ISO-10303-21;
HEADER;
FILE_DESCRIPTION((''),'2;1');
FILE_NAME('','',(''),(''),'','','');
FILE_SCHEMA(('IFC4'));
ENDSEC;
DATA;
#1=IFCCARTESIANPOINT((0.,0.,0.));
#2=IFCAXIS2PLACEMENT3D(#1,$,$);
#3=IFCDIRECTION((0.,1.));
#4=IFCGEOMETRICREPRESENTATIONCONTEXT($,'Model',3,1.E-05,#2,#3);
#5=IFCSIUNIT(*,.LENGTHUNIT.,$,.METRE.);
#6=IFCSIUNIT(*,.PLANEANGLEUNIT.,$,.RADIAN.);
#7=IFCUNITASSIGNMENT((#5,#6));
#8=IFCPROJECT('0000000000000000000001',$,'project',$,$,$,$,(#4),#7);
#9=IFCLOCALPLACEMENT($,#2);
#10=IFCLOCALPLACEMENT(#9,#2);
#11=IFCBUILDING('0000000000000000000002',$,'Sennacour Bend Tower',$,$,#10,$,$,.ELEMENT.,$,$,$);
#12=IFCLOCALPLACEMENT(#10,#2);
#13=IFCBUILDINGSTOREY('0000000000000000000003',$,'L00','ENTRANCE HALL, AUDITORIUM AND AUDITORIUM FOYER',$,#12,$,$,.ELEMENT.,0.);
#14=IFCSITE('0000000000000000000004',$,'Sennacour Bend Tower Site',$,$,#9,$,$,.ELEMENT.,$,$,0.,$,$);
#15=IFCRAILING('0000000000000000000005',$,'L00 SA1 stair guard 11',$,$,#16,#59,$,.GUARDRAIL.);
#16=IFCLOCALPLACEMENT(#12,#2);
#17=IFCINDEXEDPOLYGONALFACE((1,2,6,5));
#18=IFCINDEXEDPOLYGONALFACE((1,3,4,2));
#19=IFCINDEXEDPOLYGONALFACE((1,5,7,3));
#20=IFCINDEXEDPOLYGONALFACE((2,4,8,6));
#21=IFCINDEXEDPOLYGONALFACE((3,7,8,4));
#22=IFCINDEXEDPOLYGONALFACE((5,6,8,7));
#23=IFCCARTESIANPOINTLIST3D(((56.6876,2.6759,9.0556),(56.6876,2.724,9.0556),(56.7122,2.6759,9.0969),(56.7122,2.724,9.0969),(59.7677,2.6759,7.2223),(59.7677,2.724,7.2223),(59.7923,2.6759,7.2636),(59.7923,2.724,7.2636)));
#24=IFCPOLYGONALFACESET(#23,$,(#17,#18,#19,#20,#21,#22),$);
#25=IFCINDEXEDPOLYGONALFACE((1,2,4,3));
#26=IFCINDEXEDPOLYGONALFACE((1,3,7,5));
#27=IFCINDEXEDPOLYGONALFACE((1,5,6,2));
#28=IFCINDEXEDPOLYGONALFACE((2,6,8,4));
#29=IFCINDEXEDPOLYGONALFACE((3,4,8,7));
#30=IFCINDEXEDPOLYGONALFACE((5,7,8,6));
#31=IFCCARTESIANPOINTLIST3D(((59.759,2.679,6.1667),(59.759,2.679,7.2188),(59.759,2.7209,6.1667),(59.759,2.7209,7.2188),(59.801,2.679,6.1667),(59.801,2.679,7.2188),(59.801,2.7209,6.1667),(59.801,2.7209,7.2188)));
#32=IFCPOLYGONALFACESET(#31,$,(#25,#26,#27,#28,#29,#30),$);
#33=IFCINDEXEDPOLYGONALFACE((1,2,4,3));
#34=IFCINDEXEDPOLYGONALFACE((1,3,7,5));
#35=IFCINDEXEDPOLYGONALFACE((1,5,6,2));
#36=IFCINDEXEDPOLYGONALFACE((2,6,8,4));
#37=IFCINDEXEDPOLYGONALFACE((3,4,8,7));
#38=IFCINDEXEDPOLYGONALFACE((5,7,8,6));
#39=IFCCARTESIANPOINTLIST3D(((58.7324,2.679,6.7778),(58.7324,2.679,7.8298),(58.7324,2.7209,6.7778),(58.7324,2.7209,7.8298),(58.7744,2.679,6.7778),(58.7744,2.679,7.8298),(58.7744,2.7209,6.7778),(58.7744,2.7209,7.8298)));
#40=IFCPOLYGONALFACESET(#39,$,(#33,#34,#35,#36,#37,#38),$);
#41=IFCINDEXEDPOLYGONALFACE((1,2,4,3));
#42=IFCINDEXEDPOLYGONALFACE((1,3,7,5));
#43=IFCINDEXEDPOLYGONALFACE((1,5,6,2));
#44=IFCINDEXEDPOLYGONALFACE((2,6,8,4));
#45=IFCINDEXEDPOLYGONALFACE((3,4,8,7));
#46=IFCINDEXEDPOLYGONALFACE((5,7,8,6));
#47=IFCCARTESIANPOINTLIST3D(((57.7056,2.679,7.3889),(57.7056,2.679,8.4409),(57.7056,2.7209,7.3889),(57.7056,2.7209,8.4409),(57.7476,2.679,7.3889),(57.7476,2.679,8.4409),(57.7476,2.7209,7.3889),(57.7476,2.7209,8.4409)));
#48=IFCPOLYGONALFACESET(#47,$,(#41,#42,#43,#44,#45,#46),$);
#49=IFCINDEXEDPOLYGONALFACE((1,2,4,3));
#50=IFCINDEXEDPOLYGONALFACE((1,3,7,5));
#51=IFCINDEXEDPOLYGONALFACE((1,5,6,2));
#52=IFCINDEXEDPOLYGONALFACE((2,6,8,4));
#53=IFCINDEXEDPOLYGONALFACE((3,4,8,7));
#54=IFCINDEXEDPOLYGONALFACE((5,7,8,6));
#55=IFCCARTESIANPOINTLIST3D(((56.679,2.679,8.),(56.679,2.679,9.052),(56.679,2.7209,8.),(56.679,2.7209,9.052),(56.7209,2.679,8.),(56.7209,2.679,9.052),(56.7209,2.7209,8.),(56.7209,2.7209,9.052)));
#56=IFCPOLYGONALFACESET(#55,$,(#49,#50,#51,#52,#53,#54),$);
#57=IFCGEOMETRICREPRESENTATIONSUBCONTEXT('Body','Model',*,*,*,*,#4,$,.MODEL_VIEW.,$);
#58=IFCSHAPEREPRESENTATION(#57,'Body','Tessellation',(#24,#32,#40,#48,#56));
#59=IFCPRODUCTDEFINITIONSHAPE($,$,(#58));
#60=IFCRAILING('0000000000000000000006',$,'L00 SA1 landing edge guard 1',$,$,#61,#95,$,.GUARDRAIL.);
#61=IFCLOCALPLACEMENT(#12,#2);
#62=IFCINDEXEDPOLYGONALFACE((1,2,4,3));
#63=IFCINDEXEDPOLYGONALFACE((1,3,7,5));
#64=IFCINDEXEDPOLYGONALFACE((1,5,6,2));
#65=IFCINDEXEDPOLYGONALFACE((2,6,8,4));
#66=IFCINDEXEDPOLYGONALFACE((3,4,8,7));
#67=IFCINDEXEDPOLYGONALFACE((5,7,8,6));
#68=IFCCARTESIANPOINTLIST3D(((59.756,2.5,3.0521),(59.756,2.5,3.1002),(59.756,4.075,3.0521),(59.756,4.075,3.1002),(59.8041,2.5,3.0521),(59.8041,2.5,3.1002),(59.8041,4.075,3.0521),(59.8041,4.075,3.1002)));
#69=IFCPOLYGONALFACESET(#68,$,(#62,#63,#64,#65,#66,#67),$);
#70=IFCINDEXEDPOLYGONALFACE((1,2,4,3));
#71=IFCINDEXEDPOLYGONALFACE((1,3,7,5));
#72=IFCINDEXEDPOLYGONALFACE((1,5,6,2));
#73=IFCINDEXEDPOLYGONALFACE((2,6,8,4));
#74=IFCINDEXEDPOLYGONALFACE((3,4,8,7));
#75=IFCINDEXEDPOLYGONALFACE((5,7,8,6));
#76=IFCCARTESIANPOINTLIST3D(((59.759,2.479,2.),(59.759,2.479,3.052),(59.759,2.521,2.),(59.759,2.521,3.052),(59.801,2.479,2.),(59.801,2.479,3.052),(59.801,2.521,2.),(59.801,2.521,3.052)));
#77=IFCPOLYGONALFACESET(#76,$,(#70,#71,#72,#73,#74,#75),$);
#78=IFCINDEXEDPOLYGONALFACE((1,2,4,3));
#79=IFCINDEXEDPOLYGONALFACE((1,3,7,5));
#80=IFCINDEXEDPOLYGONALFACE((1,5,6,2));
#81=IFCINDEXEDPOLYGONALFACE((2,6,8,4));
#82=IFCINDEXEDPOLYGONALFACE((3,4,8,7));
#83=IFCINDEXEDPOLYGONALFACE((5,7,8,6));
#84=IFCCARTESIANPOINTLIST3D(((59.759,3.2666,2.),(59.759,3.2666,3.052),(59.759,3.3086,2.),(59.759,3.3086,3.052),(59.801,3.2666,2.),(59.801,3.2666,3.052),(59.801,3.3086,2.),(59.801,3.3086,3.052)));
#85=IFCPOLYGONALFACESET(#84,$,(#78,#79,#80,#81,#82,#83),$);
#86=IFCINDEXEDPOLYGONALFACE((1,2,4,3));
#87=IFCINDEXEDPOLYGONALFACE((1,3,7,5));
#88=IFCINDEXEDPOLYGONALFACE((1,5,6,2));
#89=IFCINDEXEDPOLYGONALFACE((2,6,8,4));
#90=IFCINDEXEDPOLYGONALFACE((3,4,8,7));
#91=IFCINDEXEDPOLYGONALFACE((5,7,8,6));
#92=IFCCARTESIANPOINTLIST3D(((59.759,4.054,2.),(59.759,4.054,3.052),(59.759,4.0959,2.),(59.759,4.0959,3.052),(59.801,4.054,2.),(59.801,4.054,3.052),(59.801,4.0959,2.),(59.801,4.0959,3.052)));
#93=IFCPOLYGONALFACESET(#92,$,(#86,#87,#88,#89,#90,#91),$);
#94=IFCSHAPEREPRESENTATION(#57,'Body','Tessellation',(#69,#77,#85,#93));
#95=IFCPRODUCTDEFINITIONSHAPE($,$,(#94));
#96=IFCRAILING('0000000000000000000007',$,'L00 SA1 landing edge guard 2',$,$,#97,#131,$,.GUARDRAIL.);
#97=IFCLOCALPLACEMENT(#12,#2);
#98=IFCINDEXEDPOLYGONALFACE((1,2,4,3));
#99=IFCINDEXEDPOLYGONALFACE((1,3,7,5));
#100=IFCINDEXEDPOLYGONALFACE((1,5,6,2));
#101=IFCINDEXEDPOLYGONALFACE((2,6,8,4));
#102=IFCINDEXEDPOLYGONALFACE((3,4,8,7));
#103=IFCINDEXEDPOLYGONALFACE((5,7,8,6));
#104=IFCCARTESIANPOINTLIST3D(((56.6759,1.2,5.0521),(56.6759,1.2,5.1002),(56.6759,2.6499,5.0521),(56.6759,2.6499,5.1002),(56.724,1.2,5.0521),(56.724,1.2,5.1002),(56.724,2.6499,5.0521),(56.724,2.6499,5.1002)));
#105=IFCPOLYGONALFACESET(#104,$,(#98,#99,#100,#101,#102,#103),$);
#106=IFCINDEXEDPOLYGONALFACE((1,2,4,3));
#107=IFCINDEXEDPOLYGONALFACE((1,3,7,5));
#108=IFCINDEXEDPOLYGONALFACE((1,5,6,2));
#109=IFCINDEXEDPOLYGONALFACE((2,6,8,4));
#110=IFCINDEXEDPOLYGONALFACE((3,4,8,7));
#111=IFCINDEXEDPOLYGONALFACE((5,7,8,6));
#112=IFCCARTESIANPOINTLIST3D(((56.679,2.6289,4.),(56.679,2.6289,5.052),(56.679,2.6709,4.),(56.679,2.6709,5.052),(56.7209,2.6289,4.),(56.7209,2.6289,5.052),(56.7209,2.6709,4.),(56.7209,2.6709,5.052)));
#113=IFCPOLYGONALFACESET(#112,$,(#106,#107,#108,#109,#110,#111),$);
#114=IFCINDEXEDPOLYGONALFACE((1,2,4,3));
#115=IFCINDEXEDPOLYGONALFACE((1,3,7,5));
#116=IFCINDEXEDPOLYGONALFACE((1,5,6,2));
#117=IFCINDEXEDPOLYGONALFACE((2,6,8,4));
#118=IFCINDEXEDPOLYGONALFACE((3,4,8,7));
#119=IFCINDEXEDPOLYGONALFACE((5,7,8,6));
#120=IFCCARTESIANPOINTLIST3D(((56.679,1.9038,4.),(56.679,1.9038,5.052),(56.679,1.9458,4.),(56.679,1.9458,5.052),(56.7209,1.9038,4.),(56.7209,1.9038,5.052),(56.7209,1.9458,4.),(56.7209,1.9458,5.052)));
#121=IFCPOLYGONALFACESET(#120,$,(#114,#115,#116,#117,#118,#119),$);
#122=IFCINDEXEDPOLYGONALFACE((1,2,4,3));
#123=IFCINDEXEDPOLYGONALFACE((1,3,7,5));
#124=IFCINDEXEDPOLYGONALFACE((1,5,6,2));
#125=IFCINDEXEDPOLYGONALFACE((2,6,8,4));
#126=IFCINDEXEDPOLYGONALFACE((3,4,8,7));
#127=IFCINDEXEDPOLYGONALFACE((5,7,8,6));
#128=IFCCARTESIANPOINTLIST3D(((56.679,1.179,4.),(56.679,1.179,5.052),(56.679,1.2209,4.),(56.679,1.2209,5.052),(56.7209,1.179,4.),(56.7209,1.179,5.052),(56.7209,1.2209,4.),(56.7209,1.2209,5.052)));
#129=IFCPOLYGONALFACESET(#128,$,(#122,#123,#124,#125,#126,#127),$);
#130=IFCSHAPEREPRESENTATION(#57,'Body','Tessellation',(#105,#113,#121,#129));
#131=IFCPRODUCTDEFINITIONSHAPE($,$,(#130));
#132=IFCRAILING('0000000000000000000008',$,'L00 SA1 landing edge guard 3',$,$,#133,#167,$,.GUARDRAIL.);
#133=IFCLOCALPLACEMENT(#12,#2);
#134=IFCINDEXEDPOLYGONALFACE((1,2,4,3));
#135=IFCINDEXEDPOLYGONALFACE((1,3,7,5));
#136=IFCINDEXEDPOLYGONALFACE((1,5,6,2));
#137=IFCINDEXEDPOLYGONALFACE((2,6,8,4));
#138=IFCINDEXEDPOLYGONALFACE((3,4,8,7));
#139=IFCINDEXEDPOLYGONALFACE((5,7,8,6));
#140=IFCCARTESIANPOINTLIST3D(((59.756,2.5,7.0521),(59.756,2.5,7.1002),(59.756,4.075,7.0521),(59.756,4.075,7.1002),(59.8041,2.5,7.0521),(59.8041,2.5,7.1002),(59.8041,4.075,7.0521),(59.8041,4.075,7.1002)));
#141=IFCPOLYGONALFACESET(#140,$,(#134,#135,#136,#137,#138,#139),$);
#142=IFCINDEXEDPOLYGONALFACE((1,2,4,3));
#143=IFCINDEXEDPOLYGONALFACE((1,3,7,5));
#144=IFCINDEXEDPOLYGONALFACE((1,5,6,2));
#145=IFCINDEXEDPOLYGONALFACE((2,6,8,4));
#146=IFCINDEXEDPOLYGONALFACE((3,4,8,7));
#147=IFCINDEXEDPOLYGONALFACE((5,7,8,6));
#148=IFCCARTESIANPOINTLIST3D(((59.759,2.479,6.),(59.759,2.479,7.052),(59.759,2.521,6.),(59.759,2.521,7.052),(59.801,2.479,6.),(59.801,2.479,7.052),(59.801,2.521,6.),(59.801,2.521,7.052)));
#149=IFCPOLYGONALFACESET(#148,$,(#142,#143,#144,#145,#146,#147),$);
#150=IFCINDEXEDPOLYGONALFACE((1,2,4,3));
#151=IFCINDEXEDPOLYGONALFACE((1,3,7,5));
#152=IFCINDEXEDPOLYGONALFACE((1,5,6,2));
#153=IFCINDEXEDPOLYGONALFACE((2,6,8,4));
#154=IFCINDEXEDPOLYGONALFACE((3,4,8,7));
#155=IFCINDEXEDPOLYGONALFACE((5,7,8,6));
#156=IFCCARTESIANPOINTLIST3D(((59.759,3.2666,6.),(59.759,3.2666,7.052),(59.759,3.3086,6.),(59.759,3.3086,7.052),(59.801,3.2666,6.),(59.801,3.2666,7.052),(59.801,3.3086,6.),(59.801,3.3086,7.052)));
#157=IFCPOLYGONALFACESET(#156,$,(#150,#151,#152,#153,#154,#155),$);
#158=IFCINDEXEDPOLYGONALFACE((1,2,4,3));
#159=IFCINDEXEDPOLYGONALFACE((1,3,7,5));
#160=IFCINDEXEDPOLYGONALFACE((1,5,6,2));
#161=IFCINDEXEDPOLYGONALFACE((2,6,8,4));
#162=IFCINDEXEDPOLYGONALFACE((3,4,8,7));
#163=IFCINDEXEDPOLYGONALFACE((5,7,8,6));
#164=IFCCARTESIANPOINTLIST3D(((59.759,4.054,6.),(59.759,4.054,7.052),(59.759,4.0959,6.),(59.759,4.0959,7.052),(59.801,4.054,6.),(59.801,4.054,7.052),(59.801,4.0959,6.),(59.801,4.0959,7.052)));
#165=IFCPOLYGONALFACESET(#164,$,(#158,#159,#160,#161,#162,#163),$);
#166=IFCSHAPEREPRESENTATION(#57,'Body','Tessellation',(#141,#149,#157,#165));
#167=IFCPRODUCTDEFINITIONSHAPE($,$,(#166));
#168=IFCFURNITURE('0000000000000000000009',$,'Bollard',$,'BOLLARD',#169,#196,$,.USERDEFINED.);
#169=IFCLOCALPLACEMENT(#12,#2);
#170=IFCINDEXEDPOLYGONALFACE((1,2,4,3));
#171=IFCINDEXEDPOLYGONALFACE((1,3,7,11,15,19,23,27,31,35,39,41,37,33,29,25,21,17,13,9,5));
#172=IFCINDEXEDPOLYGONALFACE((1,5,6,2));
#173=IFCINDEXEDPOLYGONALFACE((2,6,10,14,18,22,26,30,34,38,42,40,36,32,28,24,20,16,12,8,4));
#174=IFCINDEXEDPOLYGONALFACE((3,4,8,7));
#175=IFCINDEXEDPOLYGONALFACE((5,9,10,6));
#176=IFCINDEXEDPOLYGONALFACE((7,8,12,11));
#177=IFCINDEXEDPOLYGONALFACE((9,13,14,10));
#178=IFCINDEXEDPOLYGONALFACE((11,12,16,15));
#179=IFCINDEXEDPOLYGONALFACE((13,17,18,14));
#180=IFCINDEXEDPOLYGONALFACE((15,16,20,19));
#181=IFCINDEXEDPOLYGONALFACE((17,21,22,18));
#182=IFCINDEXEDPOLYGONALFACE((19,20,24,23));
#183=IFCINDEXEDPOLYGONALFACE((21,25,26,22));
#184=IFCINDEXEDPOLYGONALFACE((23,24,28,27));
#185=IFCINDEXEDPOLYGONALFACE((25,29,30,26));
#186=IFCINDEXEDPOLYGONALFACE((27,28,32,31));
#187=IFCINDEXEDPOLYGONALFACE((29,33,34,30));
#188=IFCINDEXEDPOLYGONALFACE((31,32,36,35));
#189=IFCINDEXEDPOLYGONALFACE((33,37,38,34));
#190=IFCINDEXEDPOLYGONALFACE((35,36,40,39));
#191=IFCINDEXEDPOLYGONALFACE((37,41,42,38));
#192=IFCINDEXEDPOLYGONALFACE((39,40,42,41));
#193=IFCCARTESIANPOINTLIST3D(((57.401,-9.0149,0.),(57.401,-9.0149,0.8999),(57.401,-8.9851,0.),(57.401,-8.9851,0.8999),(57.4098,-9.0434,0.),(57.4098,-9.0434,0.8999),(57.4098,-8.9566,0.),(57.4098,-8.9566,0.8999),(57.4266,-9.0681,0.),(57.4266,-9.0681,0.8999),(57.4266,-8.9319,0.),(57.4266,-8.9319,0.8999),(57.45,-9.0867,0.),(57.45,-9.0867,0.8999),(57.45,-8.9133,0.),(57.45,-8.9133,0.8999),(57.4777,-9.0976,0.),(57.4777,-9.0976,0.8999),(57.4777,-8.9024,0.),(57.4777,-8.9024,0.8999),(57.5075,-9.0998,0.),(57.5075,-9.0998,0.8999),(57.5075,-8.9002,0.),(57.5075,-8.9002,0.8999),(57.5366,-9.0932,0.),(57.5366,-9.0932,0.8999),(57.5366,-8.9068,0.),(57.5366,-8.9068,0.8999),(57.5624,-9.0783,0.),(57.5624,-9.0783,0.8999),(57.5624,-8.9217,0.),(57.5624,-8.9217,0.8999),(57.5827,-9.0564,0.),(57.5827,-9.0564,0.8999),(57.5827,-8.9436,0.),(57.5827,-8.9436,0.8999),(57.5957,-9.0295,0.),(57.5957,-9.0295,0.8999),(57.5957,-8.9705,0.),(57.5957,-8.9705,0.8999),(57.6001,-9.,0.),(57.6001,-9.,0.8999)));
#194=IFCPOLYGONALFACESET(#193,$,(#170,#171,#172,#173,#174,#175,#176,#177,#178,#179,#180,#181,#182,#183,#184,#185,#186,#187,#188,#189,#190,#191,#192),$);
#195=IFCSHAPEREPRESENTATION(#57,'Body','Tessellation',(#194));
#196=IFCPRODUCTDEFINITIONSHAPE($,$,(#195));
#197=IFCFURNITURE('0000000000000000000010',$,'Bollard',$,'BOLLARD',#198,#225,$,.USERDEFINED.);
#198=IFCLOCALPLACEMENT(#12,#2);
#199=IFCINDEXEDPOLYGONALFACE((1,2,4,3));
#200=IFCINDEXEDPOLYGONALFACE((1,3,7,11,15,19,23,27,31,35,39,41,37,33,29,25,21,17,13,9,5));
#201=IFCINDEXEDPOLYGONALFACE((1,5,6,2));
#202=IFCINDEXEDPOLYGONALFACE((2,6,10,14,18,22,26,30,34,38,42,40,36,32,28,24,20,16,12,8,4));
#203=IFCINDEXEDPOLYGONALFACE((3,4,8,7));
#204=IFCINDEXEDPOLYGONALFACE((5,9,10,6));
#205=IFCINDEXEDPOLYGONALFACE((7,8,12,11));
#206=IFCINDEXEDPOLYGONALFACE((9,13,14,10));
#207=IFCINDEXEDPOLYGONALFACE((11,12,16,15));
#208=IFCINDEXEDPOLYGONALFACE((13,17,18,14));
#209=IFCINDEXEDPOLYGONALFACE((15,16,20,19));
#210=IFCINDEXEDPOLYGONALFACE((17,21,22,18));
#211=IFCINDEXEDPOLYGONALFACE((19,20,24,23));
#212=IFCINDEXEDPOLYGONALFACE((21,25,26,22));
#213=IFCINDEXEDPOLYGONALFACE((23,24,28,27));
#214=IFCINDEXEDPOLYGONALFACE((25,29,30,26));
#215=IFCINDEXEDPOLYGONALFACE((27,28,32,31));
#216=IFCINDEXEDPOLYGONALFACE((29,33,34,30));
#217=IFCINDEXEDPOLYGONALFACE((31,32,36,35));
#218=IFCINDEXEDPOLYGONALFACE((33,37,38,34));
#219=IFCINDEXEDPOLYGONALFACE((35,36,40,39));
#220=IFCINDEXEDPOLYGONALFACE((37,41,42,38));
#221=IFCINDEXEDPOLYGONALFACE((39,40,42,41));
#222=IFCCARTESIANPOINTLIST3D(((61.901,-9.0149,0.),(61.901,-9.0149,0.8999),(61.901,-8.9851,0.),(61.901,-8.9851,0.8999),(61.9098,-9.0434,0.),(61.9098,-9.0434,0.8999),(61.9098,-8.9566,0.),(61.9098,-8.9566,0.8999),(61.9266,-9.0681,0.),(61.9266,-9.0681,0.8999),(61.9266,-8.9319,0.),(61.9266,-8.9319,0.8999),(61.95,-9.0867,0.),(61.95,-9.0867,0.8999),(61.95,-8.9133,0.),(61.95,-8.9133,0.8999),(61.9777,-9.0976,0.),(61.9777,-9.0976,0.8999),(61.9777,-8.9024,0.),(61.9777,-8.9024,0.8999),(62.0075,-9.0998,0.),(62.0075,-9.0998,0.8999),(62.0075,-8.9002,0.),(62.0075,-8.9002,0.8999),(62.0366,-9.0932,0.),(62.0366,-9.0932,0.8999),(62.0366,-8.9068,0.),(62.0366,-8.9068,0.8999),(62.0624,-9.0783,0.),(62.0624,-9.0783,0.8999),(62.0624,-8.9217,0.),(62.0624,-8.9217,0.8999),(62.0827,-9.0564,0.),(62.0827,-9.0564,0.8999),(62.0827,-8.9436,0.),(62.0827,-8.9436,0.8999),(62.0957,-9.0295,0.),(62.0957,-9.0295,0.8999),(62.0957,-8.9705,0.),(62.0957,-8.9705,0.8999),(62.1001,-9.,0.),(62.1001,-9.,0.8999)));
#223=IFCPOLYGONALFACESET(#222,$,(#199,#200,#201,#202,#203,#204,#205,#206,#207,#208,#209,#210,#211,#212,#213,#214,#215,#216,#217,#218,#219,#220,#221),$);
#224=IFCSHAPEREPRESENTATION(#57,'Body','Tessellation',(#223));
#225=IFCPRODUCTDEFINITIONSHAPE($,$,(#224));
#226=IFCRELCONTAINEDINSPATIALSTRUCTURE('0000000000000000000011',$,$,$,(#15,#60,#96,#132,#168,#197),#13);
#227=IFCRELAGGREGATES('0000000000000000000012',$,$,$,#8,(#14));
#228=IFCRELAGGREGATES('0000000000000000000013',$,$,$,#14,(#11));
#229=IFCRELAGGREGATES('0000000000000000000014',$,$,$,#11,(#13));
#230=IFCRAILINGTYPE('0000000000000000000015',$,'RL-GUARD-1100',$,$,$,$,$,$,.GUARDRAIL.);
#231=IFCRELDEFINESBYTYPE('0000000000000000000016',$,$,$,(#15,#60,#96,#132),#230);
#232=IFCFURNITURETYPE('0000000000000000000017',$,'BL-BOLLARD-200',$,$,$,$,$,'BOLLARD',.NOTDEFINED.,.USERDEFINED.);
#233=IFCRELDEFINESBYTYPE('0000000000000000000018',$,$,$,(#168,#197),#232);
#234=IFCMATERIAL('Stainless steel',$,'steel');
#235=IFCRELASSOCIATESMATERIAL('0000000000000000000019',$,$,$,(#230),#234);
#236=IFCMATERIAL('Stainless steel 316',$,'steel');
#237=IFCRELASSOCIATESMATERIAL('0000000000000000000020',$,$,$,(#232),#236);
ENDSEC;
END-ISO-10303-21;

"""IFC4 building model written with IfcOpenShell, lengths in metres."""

from ifc_helpers import new_model, si_unit, direction, frame, origin, origin_2d, place, context, subcontext, project, spatial, rectangle, circle, extrude, material, type_object, element, save


model = new_model("IFC4")

# Units and contexts
model_context = context("Model", 3, precision=1e-05, world=origin(), true_north=direction((0.0, 1.0)))
body_context = subcontext(model_context, "Body", "Model", "MODEL_VIEW")
ifc_project = project(units=[si_unit("LENGTHUNIT", "METRE"), si_unit("PLANEANGLEUNIT", "RADIAN")], contexts=[model_context])

# Site, building, storey
site_placement = place(None, origin())
site = spatial("IfcSite", under=ifc_project, at=site_placement, Name="Sennacour Bend Tower Site", CompositionType="ELEMENT", RefElevation=0.0)
building_placement = place(site_placement, origin())
building = spatial("IfcBuilding", under=site, at=building_placement, Name="Sennacour Bend Tower", CompositionType="ELEMENT")
storey_placement = place(building_placement, origin())
storey = spatial("IfcBuildingStorey", under=building, at=storey_placement, Name="L00", Description="ENTRANCE HALL, AUDITORIUM AND AUDITORIUM FOYER", CompositionType="ELEMENT", Elevation=0.0)

# Railings
ifc_material_1 = material(Name="Stainless steel 316", Category="steel")
ifc_material_2 = material(Name="Stainless steel", Category="steel")
railing_type_1 = type_object("IfcRailingType", Name="RL-GUARD-1100", PredefinedType="GUARDRAIL", material=ifc_material_2)
railing_1_placement = place(storey_placement, frame((59.78, 2.7, 6.1667)))
element("IfcRailing", 1, at=railing_1_placement, inside=storey, type_object=railing_type_1, Name="L00 SA1 stair guard 11", PredefinedType="GUARDRAIL", context=body_context, shape_type="SweptSolid", body=[
    extrude(rectangle(XDim=0.0481, YDim=0.0481, at=origin_2d()), frame((0.0, 0.0, 1.0762), z_axis=(-0.859309, 0.0, 0.511458), x_axis=(0.0, -1.0, 0.0)), (0.0, 0.0, 1.0), 3.5845),
    extrude(rectangle(XDim=0.042, YDim=0.042, at=origin_2d()), origin(), (0.0, 0.0, 1.0), 1.052),
    extrude(rectangle(XDim=0.042, YDim=0.042, at=origin_2d()), frame((-1.0266, 0.0, 0.6111)), (0.0, 0.0, 1.0), 1.052),
    extrude(rectangle(XDim=0.042, YDim=0.042, at=origin_2d()), frame((-2.0535, 0.0, 1.2222)), (0.0, 0.0, 1.0), 1.052),
    extrude(rectangle(XDim=0.042, YDim=0.042, at=origin_2d()), frame((-3.0801, 0.0, 1.8333)), (0.0, 0.0, 1.0), 1.052),
])
railing_2_placement = place(storey_placement, frame((59.78, 2.5, 2.0)))
element("IfcRailing", 2, at=railing_2_placement, inside=storey, type_object=railing_type_1, Name="L00 SA1 landing edge guard 1", PredefinedType="GUARDRAIL", context=body_context, shape_type="SweptSolid", body=[
    extrude(rectangle(XDim=0.0481, YDim=0.0481, at=origin_2d()), frame((0.0, 0.0, 1.0762), z_axis=(0.0, 1.0, 0.0), x_axis=(-1.0, 0.0, 0.0)), (0.0, 0.0, 1.0), 1.575),
    extrude(rectangle(XDim=0.042, YDim=0.042, at=origin_2d()), origin(), (0.0, 0.0, 1.0), 1.052),
    extrude(rectangle(XDim=0.042, YDim=0.042, at=origin_2d()), frame((0.0, 0.7876, 0.0)), (0.0, 0.0, 1.0), 1.052),
    extrude(rectangle(XDim=0.042, YDim=0.042, at=origin_2d()), frame((0.0, 1.575, 0.0)), (0.0, 0.0, 1.0), 1.052),
])
railing_3_placement = place(storey_placement, frame((56.7, 2.6499, 4.0)))
element("IfcRailing", 3, at=railing_3_placement, inside=storey, type_object=railing_type_1, Name="L00 SA1 landing edge guard 2", PredefinedType="GUARDRAIL", context=body_context, shape_type="SweptSolid", body=[
    extrude(rectangle(XDim=0.0481, YDim=0.0481, at=origin_2d()), frame((0.0, 0.0, 1.0762), z_axis=(0.0, -1.0, 0.0), x_axis=(1.0, 0.0, 0.0)), (0.0, 0.0, 1.0), 1.45),
    extrude(rectangle(XDim=0.042, YDim=0.042, at=origin_2d()), origin(), (0.0, 0.0, 1.0), 1.052),
    extrude(rectangle(XDim=0.042, YDim=0.042, at=origin_2d()), frame((0.0, -0.7251, 0.0)), (0.0, 0.0, 1.0), 1.052),
    extrude(rectangle(XDim=0.042, YDim=0.042, at=origin_2d()), frame((0.0, -1.45, 0.0)), (0.0, 0.0, 1.0), 1.052),
])
railing_4_placement = place(storey_placement, frame((59.78, 2.5, 6.0)))
element("IfcRailing", 4, at=railing_4_placement, inside=storey, type_object=railing_type_1, Name="L00 SA1 landing edge guard 3", PredefinedType="GUARDRAIL", context=body_context, shape_type="SweptSolid", body=[
    extrude(rectangle(XDim=0.0481, YDim=0.0481, at=origin_2d()), frame((0.0, 0.0, 1.0762), z_axis=(0.0, 1.0, 0.0), x_axis=(-1.0, 0.0, 0.0)), (0.0, 0.0, 1.0), 1.575),
    extrude(rectangle(XDim=0.042, YDim=0.042, at=origin_2d()), origin(), (0.0, 0.0, 1.0), 1.052),
    extrude(rectangle(XDim=0.042, YDim=0.042, at=origin_2d()), frame((0.0, 0.7876, 0.0)), (0.0, 0.0, 1.0), 1.052),
    extrude(rectangle(XDim=0.042, YDim=0.042, at=origin_2d()), frame((0.0, 1.575, 0.0)), (0.0, 0.0, 1.0), 1.052),
])

# Furniture
furniture_type = type_object("IfcFurnitureType", Name="BL-BOLLARD-200", ElementType="BOLLARD", AssemblyPlace="NOTDEFINED", PredefinedType="USERDEFINED", material=ifc_material_1)
for number, where, z_axis, x_axis, name in (
    (5, (57.5, -9.0, 0.8999), (0.0, 0.0, -1.0), (1.0, 0.0, 0.0), "Bollard"),
    (6, (62.0, -9.0, 0.8999), (0.0, 0.0, -1.0), (1.0, 0.0, 0.0), "Bollard"),
):
    element("IfcFurniture", number, at=place(storey_placement, frame(where, z_axis=z_axis, x_axis=x_axis)), inside=storey, type_object=furniture_type, Name=name, ObjectType="BOLLARD", PredefinedType="USERDEFINED", context=body_context, shape_type="SweptSolid", body=[
        extrude(circle(Radius=0.1001, at=origin_2d()), origin(), (0.0, 0.0, 1.0), 0.8999),
    ])

save(model, "model.ifc")
